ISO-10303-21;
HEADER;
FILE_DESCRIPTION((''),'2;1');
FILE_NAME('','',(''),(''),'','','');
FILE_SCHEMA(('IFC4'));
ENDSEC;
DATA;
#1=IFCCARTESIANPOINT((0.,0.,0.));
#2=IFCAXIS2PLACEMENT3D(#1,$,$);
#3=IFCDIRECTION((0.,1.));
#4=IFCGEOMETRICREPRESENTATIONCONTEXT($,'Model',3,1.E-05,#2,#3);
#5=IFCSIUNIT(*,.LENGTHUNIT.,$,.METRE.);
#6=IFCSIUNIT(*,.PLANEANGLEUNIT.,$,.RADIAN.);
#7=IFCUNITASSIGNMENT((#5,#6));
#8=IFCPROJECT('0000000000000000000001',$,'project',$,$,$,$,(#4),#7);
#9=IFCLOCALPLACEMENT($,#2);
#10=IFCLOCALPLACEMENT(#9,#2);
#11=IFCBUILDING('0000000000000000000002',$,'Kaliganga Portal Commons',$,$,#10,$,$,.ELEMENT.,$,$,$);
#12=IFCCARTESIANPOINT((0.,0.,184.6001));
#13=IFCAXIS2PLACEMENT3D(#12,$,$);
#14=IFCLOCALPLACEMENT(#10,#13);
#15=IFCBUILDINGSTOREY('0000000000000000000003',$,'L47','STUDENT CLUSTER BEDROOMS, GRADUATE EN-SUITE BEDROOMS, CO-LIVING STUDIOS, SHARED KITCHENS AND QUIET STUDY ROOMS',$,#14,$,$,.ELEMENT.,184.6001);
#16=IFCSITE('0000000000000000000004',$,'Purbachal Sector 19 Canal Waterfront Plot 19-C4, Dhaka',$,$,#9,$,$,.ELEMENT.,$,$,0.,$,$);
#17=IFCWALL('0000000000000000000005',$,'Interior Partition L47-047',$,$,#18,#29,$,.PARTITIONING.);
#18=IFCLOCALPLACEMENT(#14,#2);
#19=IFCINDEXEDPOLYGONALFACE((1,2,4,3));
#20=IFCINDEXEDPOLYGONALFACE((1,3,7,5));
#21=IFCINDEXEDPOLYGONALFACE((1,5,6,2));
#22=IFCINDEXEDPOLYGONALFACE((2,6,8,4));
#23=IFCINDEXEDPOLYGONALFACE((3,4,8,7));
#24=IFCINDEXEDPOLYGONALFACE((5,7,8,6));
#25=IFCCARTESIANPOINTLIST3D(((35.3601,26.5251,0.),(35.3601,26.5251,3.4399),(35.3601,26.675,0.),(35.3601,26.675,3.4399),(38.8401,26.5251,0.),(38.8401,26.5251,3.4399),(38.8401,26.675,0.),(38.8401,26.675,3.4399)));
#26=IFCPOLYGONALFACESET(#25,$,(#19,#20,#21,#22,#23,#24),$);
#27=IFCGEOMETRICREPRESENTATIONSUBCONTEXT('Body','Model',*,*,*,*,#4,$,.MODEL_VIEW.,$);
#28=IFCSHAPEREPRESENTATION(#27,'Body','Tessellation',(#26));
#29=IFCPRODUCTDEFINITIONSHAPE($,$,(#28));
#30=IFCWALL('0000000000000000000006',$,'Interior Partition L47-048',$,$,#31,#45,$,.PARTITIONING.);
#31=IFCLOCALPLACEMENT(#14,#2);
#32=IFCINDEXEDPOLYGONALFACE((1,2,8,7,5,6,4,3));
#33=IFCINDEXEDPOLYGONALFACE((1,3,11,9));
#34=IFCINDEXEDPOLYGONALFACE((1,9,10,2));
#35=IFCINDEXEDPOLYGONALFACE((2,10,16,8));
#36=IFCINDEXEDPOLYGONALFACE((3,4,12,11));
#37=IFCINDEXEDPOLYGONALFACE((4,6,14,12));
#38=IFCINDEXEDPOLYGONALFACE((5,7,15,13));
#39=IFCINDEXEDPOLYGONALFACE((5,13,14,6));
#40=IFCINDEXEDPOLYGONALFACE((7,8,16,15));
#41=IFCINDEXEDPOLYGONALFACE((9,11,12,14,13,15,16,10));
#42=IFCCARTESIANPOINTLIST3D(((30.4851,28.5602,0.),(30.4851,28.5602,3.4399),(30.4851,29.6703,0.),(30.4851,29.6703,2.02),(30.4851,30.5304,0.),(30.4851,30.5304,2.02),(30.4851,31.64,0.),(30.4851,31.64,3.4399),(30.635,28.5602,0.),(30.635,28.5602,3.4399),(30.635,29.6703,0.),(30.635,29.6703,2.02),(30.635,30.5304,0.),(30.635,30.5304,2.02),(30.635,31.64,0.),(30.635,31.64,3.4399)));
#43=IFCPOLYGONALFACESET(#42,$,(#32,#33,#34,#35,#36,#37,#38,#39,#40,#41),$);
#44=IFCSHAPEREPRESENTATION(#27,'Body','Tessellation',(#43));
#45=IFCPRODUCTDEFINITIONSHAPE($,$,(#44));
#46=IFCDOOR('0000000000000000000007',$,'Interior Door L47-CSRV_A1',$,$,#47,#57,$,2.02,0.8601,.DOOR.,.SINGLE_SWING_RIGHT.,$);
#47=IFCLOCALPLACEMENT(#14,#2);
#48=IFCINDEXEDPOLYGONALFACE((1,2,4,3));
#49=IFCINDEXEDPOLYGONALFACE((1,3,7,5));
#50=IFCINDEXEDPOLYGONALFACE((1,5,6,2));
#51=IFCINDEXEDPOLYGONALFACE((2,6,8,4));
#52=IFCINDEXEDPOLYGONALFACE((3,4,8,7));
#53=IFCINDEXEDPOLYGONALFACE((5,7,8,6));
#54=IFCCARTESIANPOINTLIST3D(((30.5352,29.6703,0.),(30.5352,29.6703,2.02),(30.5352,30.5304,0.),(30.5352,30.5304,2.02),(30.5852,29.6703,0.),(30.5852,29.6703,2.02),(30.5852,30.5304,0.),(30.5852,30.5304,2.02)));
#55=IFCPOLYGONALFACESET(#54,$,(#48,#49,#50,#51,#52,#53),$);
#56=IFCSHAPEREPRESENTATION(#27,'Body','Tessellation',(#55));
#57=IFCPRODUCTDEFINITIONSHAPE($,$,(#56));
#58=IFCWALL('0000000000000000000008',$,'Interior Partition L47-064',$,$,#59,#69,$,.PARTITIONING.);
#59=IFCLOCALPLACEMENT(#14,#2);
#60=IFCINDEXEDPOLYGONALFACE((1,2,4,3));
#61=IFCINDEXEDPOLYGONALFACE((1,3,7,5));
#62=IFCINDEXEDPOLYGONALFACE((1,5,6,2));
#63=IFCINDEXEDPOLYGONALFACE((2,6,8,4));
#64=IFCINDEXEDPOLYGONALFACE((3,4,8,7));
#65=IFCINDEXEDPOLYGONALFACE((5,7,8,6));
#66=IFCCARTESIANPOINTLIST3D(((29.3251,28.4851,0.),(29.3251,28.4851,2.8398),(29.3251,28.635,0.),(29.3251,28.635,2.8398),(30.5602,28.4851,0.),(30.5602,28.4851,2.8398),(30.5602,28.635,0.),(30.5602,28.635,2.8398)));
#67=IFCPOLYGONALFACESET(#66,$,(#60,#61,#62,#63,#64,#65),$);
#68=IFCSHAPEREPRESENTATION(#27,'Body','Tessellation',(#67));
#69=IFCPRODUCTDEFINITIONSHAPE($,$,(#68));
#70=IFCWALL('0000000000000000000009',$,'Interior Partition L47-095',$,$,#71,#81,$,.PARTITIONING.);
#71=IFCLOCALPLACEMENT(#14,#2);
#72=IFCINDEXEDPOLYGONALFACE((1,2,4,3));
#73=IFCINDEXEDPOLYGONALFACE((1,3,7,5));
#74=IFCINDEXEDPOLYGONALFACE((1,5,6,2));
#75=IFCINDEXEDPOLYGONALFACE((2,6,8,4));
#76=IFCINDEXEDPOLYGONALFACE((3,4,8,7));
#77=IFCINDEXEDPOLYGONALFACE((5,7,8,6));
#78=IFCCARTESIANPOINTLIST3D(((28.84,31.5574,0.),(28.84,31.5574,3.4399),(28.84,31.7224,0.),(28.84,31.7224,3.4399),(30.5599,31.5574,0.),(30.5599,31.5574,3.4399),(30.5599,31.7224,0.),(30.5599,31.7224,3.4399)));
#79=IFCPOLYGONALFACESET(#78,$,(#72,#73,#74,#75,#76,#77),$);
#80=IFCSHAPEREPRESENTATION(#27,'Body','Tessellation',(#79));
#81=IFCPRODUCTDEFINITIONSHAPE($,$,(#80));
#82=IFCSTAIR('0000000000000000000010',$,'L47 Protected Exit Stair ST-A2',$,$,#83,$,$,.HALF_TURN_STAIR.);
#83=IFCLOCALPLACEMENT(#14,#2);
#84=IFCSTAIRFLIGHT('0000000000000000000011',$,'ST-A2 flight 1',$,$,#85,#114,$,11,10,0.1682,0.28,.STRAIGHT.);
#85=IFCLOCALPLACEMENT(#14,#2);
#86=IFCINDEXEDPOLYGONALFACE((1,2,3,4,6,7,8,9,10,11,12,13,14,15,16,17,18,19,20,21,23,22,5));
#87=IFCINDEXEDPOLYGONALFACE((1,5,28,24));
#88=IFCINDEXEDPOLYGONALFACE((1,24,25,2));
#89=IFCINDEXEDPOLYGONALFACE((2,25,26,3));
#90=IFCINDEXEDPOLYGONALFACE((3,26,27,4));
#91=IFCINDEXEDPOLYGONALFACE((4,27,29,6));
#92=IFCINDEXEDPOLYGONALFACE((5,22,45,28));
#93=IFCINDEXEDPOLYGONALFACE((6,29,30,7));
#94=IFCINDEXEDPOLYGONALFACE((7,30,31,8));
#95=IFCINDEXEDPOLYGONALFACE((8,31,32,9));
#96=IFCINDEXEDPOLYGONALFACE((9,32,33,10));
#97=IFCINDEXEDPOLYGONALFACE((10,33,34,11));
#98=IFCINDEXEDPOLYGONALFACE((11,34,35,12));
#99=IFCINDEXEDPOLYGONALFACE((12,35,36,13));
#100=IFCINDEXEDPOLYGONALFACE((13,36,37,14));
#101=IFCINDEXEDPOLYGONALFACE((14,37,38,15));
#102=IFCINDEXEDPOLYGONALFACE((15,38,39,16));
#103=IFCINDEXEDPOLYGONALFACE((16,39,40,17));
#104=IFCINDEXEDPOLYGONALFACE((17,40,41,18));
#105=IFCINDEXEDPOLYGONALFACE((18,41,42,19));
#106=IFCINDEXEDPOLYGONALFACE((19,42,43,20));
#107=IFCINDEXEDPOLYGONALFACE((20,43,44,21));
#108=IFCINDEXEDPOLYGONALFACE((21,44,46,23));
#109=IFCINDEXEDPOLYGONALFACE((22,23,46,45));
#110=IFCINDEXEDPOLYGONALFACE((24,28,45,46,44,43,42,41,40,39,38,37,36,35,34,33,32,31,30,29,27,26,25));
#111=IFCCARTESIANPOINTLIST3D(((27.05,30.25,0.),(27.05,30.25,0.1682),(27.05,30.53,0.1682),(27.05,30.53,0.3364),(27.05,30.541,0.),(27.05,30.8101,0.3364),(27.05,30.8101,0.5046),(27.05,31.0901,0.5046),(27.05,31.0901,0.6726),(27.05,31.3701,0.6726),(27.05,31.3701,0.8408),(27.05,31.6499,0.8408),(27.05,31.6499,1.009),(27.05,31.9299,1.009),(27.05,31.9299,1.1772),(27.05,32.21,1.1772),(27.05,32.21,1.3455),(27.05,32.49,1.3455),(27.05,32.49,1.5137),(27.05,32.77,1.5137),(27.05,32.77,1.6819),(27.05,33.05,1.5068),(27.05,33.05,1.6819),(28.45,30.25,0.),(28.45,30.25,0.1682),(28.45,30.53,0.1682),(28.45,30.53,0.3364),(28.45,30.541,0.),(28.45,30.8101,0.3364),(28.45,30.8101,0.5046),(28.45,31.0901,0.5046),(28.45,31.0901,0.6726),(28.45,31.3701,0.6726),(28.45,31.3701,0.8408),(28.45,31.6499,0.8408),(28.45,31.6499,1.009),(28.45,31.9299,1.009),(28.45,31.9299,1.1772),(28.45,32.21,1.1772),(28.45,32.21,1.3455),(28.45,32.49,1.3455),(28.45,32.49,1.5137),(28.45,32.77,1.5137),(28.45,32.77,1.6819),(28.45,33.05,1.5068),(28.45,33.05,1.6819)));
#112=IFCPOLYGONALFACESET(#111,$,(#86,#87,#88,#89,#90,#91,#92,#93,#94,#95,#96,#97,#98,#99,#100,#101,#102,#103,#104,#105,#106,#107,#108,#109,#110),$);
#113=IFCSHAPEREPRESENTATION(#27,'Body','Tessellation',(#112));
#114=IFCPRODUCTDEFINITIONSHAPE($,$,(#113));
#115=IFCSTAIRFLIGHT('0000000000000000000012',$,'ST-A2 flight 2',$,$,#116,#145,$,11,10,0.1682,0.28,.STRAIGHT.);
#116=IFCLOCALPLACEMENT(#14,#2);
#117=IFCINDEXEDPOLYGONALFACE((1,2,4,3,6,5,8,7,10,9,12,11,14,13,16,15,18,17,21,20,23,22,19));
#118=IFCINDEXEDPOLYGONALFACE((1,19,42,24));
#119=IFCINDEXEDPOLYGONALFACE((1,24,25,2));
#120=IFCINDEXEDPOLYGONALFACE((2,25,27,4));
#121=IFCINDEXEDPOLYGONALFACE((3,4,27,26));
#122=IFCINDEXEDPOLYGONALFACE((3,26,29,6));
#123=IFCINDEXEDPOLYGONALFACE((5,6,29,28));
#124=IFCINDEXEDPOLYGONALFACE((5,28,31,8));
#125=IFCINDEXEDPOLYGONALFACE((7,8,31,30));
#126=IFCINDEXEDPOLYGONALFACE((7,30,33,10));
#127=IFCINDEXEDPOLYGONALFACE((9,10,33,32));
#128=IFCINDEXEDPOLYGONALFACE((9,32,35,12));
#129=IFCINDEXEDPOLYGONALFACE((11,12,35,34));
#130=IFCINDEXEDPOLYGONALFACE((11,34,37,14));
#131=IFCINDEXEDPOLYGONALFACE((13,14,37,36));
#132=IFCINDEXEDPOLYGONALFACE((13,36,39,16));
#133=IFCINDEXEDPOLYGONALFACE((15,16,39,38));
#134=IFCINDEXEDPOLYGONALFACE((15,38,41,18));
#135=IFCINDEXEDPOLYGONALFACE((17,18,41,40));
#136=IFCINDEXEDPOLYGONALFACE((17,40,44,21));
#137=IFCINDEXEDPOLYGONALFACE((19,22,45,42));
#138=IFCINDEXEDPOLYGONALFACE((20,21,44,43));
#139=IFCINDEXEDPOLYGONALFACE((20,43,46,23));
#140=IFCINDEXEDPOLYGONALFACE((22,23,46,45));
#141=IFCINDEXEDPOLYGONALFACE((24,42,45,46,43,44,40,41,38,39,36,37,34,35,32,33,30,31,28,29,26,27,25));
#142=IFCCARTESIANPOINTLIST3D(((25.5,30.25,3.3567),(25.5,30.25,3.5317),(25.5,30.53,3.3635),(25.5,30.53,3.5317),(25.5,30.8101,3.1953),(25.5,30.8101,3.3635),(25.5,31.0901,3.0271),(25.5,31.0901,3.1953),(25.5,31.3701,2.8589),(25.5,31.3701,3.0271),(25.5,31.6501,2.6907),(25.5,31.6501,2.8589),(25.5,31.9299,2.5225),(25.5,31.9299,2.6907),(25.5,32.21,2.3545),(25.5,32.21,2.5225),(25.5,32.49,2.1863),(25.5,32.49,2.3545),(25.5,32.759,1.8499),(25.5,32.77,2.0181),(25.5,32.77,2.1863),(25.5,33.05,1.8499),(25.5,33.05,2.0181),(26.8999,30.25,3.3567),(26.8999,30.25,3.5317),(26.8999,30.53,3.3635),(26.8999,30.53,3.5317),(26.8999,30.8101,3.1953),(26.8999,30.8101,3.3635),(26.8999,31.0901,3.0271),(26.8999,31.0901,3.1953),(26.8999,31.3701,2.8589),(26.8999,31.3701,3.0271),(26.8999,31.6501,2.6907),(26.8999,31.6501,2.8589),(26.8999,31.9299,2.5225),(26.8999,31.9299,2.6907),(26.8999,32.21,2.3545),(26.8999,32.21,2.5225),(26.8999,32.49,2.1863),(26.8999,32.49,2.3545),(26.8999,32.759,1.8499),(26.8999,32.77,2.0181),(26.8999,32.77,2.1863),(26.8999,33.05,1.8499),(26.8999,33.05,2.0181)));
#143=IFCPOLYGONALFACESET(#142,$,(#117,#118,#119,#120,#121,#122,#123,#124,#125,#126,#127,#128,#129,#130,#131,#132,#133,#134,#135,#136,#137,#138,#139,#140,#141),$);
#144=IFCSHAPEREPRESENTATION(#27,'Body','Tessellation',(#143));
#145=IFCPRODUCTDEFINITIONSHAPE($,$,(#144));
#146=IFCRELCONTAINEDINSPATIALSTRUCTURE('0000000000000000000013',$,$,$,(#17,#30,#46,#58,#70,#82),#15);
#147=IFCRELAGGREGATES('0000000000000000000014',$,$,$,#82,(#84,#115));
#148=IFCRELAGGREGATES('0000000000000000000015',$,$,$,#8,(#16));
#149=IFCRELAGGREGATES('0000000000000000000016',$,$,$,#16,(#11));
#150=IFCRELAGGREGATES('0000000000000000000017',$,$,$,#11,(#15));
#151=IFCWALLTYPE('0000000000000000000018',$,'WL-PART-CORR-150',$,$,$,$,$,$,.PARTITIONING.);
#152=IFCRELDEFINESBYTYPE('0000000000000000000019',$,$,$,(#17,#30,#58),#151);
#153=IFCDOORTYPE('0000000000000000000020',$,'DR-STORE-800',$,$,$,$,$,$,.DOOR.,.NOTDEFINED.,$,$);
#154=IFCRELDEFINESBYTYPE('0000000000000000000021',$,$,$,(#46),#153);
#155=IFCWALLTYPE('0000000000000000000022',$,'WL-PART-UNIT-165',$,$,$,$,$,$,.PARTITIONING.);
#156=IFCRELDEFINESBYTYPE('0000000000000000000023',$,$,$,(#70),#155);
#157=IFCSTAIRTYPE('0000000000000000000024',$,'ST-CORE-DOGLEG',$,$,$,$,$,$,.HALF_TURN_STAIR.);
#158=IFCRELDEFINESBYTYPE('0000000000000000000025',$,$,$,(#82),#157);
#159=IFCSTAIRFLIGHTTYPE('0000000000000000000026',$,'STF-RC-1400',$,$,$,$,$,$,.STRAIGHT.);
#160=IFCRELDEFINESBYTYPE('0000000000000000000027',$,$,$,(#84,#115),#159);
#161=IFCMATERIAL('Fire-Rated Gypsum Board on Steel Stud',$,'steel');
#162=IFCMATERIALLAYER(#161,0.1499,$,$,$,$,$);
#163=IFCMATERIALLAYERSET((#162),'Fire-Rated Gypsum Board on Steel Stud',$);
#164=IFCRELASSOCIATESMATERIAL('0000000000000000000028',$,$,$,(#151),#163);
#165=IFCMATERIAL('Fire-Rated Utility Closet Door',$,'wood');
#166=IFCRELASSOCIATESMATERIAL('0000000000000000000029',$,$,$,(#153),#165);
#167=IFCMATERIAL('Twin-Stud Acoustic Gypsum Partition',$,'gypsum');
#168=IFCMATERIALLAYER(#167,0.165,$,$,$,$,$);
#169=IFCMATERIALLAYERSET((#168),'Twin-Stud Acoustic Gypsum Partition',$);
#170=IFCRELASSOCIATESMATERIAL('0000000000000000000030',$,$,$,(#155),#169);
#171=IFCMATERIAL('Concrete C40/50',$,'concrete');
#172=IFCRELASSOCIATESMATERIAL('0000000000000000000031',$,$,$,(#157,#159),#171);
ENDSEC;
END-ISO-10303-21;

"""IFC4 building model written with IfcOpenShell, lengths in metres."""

from ifc_helpers import new_model, si_unit, direction, frame, frame_2d, origin, place, context, subcontext, project, spatial, polyline, rectangle, outline, extrude, material, layer, layer_set, type_object, element, fill, aggregate, save


model = new_model("IFC4")

# Units and contexts
model_context = context("Model", 3, precision=1e-05, world=origin(), true_north=direction((0.0, 1.0)))
body_context = subcontext(model_context, "Body", "Model", "MODEL_VIEW")
ifc_project = project(units=[si_unit("LENGTHUNIT", "METRE"), si_unit("PLANEANGLEUNIT", "RADIAN")], contexts=[model_context])

# Site, building, storey
site_placement = place(None, origin())
site = spatial("IfcSite", under=ifc_project, at=site_placement, Name="Purbachal Sector 19 Canal Waterfront Plot 19-C4, Dhaka", CompositionType="ELEMENT", RefElevation=0.0)
building_placement = place(site_placement, origin())
building = spatial("IfcBuilding", under=site, at=building_placement, Name="Kaliganga Portal Commons", CompositionType="ELEMENT")
storey_placement = place(building_placement, frame((0.0, 0.0, 184.6001)))
storey = spatial("IfcBuildingStorey", under=building, at=storey_placement, Name="L47", Description="STUDENT CLUSTER BEDROOMS, GRADUATE EN-SUITE BEDROOMS, CO-LIVING STUDIOS, SHARED KITCHENS AND QUIET STUDY ROOMS", CompositionType="ELEMENT", Elevation=184.6001)

# Shared definitions
ifc_material_1 = material(Name="Fire-Rated Gypsum Board on Steel Stud", Category="steel")
ifc_layer_1 = layer(ifc_material_1, 0.1499)
ifc_layer_set_1 = layer_set([ifc_layer_1], Name="Fire-Rated Gypsum Board on Steel Stud")
wall_type_1 = type_object("IfcWallType", Name="WL-PART-CORR-150", PredefinedType="PARTITIONING", material=ifc_layer_set_1)

# Wall
wall_1_placement = place(storey_placement, frame((35.3601, 26.6001, 0.0), z_axis=(0.0, 0.0, 1.0), x_axis=(1.0, 0.0, 0.0)))
element("IfcWall", 1, at=wall_1_placement, inside=storey, type_object=wall_type_1, Name="Interior Partition L47-047", PredefinedType="PARTITIONING", context=body_context, shape_type="SweptSolid", body=[
    extrude(rectangle(XDim=3.48, YDim=0.1499, at=frame_2d((1.74, 0.0))), origin(), (0.0, 0.0, 1.0), 3.4399),
])

# Wall, opening, door
wall_2_placement = place(storey_placement, frame((30.5601, 28.5601, 0.0), z_axis=(0.0, 0.0, 1.0), x_axis=(0.0, 1.0, 0.0)))
wall_2 = element("IfcWall", 2, at=wall_2_placement, inside=storey, type_object=wall_type_1, Name="Interior Partition L47-048", PredefinedType="PARTITIONING", context=body_context, shape_type="SweptSolid", body=[
    extrude(rectangle(XDim=3.0798, YDim=0.1499, at=frame_2d((1.54, 0.0))), origin(), (0.0, 0.0, 1.0), 3.4399),
])
opening_1_placement = place(wall_2_placement, frame((1.1101, 0.0, 0.0)))
opening_1 = element("IfcOpeningElement", 3, at=opening_1_placement, cuts=wall_2, PredefinedType="OPENING", context=body_context, shape_type="SweptSolid", body=[
    extrude(rectangle(XDim=0.8601, YDim=2.02, at=frame_2d((0.4302, 1.01))), frame((0.0, 0.085, 0.0), z_axis=(0.0, -1.0, 0.0), x_axis=(1.0, 0.0, 0.0)), (0.0, 0.0, 1.0), 0.1699),
])
ifc_material_2 = material(Name="Fire-Rated Utility Closet Door", Category="wood")
door_type_1 = type_object("IfcDoorType", Name="DR-STORE-800", OperationType="NOTDEFINED", PredefinedType="DOOR", material=ifc_material_2)
door_1_placement = place(opening_1_placement, origin())
door_1 = element("IfcDoor", 4, at=door_1_placement, inside=storey, type_object=door_type_1, Name="Interior Door L47-CSRV_A1", OperationType="SINGLE_SWING_RIGHT", OverallHeight=2.02, OverallWidth=0.8601, PredefinedType="DOOR", context=body_context, shape_type="SweptSolid", body=[
    extrude(rectangle(XDim=0.8601, YDim=2.02, at=frame_2d((0.4302, 1.01))), frame((0.0, 0.0249, 0.0), z_axis=(0.0, -1.0, 0.0), x_axis=(1.0, 0.0, 0.0)), (0.0, 0.0, 1.0), 0.05),
])
fill(opening_1, door_1)

# Walls
wall_3_placement = place(storey_placement, frame((29.325, 28.5601, 0.0), z_axis=(0.0, 0.0, 1.0), x_axis=(1.0, 0.0, 0.0)))
element("IfcWall", 5, at=wall_3_placement, inside=storey, type_object=wall_type_1, Name="Interior Partition L47-064", PredefinedType="PARTITIONING", context=body_context, shape_type="SweptSolid", body=[
    extrude(rectangle(XDim=1.2351, YDim=0.1499, at=frame_2d((0.6177, 0.0))), origin(), (0.0, 0.0, 1.0), 2.8398),
])
ifc_material_3 = material(Name="Twin-Stud Acoustic Gypsum Partition", Category="gypsum")
ifc_layer_2 = layer(ifc_material_3, 0.165)
ifc_layer_set_2 = layer_set([ifc_layer_2], Name="Twin-Stud Acoustic Gypsum Partition")
wall_type_2 = type_object("IfcWallType", Name="WL-PART-UNIT-165", PredefinedType="PARTITIONING", material=ifc_layer_set_2)
wall_4_placement = place(storey_placement, frame((28.8401, 31.6399, 0.0), z_axis=(0.0, 0.0, 1.0), x_axis=(1.0, 0.0, 0.0)))
element("IfcWall", 6, at=wall_4_placement, inside=storey, type_object=wall_type_2, Name="Interior Partition L47-095", PredefinedType="PARTITIONING", context=body_context, shape_type="SweptSolid", body=[
    extrude(rectangle(XDim=1.72, YDim=0.165, at=frame_2d((0.8599, 0.0))), origin(), (0.0, 0.0, 1.0), 3.4399),
])

# Stair, stair flights
ifc_material_4 = material(Name="Concrete C40/50", Category="concrete")
stair_type = type_object("IfcStairType", Name="ST-CORE-DOGLEG", PredefinedType="HALF_TURN_STAIR", material=ifc_material_4)
stair_placement = place(storey_placement, origin())
stair = element("IfcStair", 7, at=stair_placement, inside=storey, type_object=stair_type, Name="L47 Protected Exit Stair ST-A2", PredefinedType="HALF_TURN_STAIR")
stair_flight_type = type_object("IfcStairFlightType", Name="STF-RC-1400", PredefinedType="STRAIGHT", material=ifc_material_4)
stair_flight_1_placement = place(storey_placement, frame((27.75, 30.25, 0.0), z_axis=(0.0, 0.0, 1.0), x_axis=(0.0, 1.0, 0.0)))
stair_flight_1 = element("IfcStairFlight", 8, at=stair_flight_1_placement, type_object=stair_flight_type, Name="ST-A2 flight 1", NumberOfRisers=11, NumberOfTreads=10, PredefinedType="STRAIGHT", RiserHeight=0.1682, TreadLength=0.28, context=body_context, shape_type="SweptSolid", body=[
    extrude(outline(polyline([(0.0, 0.0), (0.0, 0.1682), (0.28, 0.1682), (0.28, 0.3364), (0.5601, 0.3364), (0.5601, 0.5046), (0.8401, 0.5046), (0.8401, 0.6726), (1.1201, 0.6726), (1.1201, 0.8408), (1.3999, 0.8408), (1.3999, 1.009), (1.6799, 1.009), (1.6799, 1.1772), (1.96, 1.1772), (1.96, 1.3455), (2.24, 1.3455), (2.24, 1.5137), (2.52, 1.5137), (2.52, 1.6819), (2.8, 1.6819), (2.8, 1.8501), (2.8, 1.5068), (0.291, 0.0), (0.0, 0.0)])), frame((0.0, 0.7, 0.0), z_axis=(0.0, -1.0, 0.0), x_axis=(1.0, 0.0, 0.0)), (0.0, 0.0, 1.0), 1.3999),
])
stair_flight_2_placement = place(storey_placement, frame((26.2, 33.05, 1.8499), z_axis=(0.0, 0.0, 1.0), x_axis=(0.0, -1.0, 0.0)))
stair_flight_2 = element("IfcStairFlight", 9, at=stair_flight_2_placement, type_object=stair_flight_type, Name="ST-A2 flight 2", NumberOfRisers=11, NumberOfTreads=10, PredefinedType="STRAIGHT", RiserHeight=0.1682, TreadLength=0.28, context=body_context, shape_type="SweptSolid", body=[
    extrude(outline(polyline([(0.0, 0.0), (0.0, 0.1682), (0.28, 0.1682), (0.28, 0.3364), (0.5601, 0.3364), (0.5601, 0.5046), (0.8401, 0.5046), (0.8401, 0.6726), (1.1201, 0.6726), (1.1201, 0.8408), (1.3999, 0.8408), (1.3999, 1.009), (1.6799, 1.009), (1.6799, 1.1772), (1.96, 1.1772), (1.96, 1.3455), (2.24, 1.3455), (2.24, 1.5137), (2.52, 1.5137), (2.52, 1.6819), (2.8, 1.6819), (2.8, 1.8501), (2.8, 1.5068), (0.291, 0.0), (0.0, 0.0)])), frame((0.0, 0.7, 0.0), z_axis=(0.0, -1.0, 0.0), x_axis=(1.0, 0.0, 0.0)), (0.0, 0.0, 1.0), 1.3999),
])
aggregate(stair, [stair_flight_1, stair_flight_2])

save(model, "model.ifc")
